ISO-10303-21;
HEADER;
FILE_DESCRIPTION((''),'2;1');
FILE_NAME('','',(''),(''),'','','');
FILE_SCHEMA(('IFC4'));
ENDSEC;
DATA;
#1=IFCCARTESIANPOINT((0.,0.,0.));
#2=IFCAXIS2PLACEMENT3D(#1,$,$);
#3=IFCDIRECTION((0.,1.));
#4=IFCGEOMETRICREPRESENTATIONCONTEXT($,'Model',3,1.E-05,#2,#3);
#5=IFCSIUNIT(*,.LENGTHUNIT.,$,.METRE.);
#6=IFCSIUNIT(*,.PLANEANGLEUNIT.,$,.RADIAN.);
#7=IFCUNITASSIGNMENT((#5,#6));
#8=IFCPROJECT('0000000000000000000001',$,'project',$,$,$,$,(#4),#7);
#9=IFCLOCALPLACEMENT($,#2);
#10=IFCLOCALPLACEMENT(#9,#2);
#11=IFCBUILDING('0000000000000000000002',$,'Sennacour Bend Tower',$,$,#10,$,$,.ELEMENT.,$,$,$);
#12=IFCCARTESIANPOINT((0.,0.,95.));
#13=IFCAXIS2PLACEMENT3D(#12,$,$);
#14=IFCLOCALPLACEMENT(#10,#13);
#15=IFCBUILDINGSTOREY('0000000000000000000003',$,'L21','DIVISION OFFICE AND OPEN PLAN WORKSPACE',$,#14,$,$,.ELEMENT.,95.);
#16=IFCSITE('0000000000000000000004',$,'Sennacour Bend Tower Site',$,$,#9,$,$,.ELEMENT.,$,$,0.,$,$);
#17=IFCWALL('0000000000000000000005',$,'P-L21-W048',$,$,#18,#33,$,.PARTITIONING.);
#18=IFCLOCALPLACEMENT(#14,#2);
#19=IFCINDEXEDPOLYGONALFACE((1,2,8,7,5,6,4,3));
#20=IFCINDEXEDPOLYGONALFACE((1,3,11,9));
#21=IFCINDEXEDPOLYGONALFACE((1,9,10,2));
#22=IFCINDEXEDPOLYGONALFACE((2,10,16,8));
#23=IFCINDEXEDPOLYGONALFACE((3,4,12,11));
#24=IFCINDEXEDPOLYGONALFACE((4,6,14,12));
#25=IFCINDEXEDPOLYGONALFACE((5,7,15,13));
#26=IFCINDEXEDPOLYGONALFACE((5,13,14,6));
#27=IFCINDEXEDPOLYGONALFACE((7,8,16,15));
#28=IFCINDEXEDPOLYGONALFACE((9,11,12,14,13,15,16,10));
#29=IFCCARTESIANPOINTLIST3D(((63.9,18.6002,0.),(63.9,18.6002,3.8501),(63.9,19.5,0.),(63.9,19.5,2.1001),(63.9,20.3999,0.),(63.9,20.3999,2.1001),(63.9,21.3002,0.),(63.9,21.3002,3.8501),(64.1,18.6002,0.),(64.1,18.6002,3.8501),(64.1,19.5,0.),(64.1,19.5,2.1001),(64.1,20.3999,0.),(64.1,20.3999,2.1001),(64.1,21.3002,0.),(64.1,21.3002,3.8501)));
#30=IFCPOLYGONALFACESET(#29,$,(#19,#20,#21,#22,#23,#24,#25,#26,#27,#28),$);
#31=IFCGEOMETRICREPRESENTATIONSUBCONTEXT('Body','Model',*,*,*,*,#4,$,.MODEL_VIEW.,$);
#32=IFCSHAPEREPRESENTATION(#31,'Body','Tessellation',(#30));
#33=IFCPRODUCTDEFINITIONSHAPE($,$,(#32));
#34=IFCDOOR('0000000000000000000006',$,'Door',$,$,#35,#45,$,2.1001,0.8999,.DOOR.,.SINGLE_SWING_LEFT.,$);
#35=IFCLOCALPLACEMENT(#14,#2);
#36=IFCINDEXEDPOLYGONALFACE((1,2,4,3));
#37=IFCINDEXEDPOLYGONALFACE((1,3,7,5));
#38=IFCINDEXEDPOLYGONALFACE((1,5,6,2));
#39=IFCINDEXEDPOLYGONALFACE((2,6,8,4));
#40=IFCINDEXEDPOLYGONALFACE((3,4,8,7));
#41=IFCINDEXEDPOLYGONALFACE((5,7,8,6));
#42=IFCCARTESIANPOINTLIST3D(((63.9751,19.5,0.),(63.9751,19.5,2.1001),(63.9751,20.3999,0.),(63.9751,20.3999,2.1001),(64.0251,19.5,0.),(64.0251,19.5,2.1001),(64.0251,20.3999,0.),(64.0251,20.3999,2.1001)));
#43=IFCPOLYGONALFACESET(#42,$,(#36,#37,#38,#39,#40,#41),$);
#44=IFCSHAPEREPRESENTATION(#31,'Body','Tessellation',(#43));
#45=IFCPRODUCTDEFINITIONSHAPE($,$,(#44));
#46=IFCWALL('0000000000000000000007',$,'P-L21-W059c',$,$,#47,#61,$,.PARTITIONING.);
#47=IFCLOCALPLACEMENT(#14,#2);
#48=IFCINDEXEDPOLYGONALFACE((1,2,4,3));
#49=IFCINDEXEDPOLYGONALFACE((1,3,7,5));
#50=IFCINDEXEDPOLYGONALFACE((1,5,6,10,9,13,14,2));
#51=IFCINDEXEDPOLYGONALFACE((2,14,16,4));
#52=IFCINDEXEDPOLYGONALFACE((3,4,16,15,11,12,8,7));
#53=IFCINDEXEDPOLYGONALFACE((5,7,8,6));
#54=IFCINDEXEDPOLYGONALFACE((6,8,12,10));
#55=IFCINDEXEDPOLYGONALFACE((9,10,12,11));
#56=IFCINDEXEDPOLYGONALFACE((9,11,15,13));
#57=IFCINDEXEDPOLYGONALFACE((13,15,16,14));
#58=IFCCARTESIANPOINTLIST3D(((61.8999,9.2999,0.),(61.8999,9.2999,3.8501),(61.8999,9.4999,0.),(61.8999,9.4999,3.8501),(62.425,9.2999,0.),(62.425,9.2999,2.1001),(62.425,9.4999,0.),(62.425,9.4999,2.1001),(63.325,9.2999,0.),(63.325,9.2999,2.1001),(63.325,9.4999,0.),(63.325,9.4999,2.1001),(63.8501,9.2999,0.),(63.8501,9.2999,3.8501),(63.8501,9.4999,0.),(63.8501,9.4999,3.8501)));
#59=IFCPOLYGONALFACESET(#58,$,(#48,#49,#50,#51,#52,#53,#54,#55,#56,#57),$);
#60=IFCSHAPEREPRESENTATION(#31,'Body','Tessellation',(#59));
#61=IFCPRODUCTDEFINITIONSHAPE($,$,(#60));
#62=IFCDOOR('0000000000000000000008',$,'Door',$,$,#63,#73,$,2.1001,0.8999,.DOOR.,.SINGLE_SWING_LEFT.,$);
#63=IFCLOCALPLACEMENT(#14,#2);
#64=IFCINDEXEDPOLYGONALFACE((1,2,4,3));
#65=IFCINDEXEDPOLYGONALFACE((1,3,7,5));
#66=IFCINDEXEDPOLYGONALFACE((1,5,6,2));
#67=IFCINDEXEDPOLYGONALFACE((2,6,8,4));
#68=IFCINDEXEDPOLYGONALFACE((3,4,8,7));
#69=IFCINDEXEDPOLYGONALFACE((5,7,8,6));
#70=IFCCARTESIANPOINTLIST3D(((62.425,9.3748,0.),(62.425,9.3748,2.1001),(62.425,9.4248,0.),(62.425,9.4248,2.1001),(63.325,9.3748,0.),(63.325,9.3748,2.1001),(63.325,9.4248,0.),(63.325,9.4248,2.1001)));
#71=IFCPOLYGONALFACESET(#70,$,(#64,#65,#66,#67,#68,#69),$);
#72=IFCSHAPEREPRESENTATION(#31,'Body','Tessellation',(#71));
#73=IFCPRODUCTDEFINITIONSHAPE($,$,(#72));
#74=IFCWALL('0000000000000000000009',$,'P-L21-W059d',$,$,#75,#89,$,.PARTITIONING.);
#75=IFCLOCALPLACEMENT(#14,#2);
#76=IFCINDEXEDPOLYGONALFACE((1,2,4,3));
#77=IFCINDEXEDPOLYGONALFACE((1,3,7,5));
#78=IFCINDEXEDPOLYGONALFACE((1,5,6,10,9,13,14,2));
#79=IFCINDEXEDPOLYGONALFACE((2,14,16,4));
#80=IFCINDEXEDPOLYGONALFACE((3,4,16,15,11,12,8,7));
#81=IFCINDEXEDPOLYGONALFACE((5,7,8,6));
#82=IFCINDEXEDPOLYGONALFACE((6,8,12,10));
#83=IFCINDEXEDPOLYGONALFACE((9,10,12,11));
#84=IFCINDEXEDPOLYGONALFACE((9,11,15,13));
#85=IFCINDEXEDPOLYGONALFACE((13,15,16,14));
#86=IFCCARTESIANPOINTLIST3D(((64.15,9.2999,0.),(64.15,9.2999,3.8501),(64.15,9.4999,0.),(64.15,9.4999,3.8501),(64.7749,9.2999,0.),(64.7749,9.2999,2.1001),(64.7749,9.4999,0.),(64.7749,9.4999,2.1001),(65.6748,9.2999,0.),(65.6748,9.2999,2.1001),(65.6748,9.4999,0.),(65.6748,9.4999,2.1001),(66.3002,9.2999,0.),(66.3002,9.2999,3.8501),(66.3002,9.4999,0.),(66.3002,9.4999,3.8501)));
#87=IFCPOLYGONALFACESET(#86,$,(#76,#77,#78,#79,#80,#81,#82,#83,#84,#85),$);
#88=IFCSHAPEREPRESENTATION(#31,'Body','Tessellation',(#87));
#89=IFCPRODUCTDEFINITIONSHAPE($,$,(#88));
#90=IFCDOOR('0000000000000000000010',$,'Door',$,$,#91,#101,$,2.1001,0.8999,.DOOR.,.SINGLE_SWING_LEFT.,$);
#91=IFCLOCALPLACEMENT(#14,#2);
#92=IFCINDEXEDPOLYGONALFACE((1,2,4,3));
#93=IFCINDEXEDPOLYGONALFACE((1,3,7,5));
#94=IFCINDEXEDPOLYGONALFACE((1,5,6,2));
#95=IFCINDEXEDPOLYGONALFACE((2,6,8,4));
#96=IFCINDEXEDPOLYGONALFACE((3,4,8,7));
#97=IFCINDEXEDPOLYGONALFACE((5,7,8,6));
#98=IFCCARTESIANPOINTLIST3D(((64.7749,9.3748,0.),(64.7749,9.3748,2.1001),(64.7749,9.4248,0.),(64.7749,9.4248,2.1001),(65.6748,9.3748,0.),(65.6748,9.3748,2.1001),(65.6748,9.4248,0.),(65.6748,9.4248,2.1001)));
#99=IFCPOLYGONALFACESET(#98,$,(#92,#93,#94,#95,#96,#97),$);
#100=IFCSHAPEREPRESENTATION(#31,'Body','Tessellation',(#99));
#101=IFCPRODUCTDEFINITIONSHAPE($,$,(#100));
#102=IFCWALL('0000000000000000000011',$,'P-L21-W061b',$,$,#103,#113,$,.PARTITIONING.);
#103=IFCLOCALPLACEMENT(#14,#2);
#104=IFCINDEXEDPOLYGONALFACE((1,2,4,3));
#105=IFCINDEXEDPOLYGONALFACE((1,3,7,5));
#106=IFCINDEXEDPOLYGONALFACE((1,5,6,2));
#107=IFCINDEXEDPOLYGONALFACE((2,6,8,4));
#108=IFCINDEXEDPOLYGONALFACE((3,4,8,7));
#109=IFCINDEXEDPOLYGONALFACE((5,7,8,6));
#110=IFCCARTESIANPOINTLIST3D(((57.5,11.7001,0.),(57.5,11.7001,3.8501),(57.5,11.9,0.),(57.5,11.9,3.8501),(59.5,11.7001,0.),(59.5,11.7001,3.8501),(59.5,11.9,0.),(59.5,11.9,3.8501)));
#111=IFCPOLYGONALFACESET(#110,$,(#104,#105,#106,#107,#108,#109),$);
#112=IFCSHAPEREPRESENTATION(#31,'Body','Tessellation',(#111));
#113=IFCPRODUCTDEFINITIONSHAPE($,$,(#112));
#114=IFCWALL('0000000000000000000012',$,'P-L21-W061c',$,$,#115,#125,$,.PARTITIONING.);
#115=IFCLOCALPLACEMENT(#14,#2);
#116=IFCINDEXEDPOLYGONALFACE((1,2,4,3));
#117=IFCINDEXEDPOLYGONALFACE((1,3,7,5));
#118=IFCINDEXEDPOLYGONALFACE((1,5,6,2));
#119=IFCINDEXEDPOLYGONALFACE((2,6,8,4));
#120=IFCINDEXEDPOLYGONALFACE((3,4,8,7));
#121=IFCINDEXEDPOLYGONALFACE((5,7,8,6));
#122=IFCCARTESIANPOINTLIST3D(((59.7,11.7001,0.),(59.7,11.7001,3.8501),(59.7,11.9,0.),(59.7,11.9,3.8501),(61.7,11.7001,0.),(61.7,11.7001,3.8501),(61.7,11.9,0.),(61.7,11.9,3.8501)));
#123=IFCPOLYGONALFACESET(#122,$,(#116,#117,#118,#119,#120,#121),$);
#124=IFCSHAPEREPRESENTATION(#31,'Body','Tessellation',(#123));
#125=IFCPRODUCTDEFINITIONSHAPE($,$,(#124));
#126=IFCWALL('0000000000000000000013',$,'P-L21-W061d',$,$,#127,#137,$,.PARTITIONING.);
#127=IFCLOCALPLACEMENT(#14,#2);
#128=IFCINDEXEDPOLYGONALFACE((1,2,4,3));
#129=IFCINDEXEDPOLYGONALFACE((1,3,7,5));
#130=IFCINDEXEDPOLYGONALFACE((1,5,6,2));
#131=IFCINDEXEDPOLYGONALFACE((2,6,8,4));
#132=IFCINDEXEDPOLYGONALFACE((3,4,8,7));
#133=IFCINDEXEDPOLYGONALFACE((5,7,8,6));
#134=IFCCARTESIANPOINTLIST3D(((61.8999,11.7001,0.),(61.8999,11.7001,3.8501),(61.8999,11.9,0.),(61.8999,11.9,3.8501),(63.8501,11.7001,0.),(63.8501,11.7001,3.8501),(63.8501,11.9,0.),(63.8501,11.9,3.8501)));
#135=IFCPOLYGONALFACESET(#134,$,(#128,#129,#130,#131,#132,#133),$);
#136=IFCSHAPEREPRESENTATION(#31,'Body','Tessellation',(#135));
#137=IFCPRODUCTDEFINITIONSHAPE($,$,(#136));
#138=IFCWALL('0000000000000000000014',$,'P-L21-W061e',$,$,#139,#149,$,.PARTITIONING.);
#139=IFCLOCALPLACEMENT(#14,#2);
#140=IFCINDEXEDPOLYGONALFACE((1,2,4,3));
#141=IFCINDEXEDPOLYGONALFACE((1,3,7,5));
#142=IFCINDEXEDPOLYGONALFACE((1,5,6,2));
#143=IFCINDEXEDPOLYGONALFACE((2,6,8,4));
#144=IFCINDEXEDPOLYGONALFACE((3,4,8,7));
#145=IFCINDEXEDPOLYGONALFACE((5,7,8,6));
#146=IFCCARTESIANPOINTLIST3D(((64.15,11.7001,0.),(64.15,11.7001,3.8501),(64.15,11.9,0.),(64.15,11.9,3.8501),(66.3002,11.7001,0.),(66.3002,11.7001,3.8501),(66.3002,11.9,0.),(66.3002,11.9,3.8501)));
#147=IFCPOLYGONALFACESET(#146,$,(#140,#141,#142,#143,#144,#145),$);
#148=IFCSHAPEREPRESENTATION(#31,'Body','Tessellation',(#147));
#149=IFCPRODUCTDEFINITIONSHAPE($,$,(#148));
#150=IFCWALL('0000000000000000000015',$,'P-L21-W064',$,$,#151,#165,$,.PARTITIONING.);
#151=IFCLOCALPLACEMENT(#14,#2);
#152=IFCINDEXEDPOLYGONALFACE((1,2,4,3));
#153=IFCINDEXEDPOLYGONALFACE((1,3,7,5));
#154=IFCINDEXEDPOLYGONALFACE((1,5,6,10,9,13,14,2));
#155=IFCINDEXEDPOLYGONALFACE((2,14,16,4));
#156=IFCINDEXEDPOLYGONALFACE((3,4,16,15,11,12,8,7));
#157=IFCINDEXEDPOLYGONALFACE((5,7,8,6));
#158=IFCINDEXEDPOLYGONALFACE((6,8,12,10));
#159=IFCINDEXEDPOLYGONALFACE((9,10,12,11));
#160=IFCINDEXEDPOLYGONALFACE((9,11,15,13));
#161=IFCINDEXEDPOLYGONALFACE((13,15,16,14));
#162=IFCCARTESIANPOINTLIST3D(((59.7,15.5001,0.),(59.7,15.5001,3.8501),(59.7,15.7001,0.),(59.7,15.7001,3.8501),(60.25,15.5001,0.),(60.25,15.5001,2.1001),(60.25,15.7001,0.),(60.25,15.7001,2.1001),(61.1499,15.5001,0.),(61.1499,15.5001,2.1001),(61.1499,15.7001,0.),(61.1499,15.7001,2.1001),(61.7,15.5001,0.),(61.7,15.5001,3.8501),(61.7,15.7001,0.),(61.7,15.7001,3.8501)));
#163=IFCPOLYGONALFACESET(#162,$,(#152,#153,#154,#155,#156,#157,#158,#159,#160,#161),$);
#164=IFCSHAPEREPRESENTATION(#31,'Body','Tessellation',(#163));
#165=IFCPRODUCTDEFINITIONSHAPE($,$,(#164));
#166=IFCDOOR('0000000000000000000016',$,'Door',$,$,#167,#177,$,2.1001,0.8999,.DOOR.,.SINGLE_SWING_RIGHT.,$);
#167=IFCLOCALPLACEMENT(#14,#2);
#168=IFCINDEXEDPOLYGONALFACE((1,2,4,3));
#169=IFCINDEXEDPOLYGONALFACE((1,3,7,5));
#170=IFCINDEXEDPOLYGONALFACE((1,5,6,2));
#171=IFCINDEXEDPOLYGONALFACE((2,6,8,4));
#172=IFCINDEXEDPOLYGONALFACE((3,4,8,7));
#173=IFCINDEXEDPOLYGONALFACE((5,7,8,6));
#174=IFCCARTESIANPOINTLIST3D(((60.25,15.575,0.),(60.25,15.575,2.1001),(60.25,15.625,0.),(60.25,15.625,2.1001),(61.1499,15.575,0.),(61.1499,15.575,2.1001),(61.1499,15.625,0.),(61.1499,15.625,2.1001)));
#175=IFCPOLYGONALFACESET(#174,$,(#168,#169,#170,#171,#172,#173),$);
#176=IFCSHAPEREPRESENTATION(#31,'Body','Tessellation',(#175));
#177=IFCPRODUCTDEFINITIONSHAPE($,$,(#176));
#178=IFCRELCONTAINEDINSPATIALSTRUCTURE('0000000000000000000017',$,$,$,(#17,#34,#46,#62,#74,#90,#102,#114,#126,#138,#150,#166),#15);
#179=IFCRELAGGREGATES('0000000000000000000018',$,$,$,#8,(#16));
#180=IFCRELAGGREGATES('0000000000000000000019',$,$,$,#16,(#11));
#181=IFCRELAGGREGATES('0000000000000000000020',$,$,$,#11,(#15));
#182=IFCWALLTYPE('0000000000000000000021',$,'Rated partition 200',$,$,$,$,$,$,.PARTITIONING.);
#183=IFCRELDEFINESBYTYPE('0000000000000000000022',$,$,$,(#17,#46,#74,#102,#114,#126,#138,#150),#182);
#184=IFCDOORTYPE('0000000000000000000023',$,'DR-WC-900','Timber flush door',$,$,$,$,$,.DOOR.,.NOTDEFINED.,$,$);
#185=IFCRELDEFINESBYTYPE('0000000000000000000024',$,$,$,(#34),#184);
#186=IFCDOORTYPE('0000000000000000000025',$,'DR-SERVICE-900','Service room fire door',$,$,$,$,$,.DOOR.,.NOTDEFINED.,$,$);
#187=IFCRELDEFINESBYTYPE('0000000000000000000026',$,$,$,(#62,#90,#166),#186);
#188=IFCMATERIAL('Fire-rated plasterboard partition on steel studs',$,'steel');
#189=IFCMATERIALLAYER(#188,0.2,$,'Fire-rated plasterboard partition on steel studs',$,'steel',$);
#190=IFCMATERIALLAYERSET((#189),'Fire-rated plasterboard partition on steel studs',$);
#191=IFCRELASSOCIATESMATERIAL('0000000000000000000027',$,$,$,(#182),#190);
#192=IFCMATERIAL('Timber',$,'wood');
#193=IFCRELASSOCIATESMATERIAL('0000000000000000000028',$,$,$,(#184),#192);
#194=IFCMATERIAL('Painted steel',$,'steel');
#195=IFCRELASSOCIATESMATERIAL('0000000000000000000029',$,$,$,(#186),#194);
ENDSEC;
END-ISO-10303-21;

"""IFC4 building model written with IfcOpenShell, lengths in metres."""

from ifc_helpers import new_model, si_unit, direction, frame, frame_2d, origin, place, context, subcontext, project, spatial, rectangle, extrude, material, layer, layer_set, type_object, element, fill, save


model = new_model("IFC4")

# Units and contexts
model_context = context("Model", 3, precision=1e-05, world=origin(), true_north=direction((0.0, 1.0)))
body_context = subcontext(model_context, "Body", "Model", "MODEL_VIEW")
ifc_project = project(units=[si_unit("LENGTHUNIT", "METRE"), si_unit("PLANEANGLEUNIT", "RADIAN")], contexts=[model_context])

# Site, building, storey
site_placement = place(None, origin())
site = spatial("IfcSite", under=ifc_project, at=site_placement, Name="Sennacour Bend Tower Site", CompositionType="ELEMENT", RefElevation=0.0)
building_placement = place(site_placement, origin())
building = spatial("IfcBuilding", under=site, at=building_placement, Name="Sennacour Bend Tower", CompositionType="ELEMENT")
storey_placement = place(building_placement, frame((0.0, 0.0, 95.0)))
storey = spatial("IfcBuildingStorey", under=building, at=storey_placement, Name="L21", Description="DIVISION OFFICE AND OPEN PLAN WORKSPACE", CompositionType="ELEMENT", Elevation=95.0)

# Walls, openings, doors
ifc_material_1 = material(Name="Fire-rated plasterboard partition on steel studs", Category="steel")
ifc_layer_1 = layer(ifc_material_1, 0.2, Name="Fire-rated plasterboard partition on steel studs", Category="steel")
ifc_layer_set_1 = layer_set([ifc_layer_1], Name="Fire-rated plasterboard partition on steel studs")
wall_type_1 = type_object("IfcWallType", Name="Rated partition 200", PredefinedType="PARTITIONING", material=ifc_layer_set_1)
wall_1_placement = place(storey_placement, frame((64.0, 18.6001, 0.0), z_axis=(0.0, 0.0, 1.0), x_axis=(0.0, 1.0, 0.0)))
wall_1 = element("IfcWall", 1, at=wall_1_placement, inside=storey, type_object=wall_type_1, Name="P-L21-W048", PredefinedType="PARTITIONING", context=body_context, shape_type="SweptSolid", body=[
    extrude(rectangle(XDim=2.7, YDim=0.2, at=frame_2d((1.3501, 0.0))), origin(), (0.0, 0.0, 1.0), 3.8501),
])
opening_1_placement = place(wall_1_placement, frame((0.8999, 0.0, 0.0)))
opening_1 = element("IfcOpeningElement", 2, at=opening_1_placement, cuts=wall_1, PredefinedType="OPENING", context=body_context, shape_type="SweptSolid", body=[
    extrude(rectangle(XDim=0.8999, YDim=2.1001, at=frame_2d((0.45, 1.05))), frame((0.0, 0.1099, 0.0), z_axis=(0.0, -1.0, 0.0), x_axis=(1.0, 0.0, 0.0)), (0.0, 0.0, 1.0), 0.22),
])
ifc_material_2 = material(Name="Timber", Category="wood")
door_type_1 = type_object("IfcDoorType", Name="DR-WC-900", Description="Timber flush door", OperationType="NOTDEFINED", PredefinedType="DOOR", material=ifc_material_2)
door_1_placement = place(opening_1_placement, origin())
door_1 = element("IfcDoor", 3, at=door_1_placement, inside=storey, type_object=door_type_1, Name="Door", OperationType="SINGLE_SWING_LEFT", OverallHeight=2.1001, OverallWidth=0.8999, PredefinedType="DOOR", context=body_context, shape_type="SweptSolid", body=[
    extrude(rectangle(XDim=0.8999, YDim=2.1001, at=frame_2d((0.45, 1.05))), frame((0.0, 0.0249, 0.0), z_axis=(0.0, -1.0, 0.0), x_axis=(1.0, 0.0, 0.0)), (0.0, 0.0, 1.0), 0.05),
])
fill(opening_1, door_1)
wall_2_placement = place(storey_placement, frame((61.8999, 9.3999, 0.0), z_axis=(0.0, 0.0, 1.0), x_axis=(1.0, 0.0, 0.0)))
wall_2 = element("IfcWall", 4, at=wall_2_placement, inside=storey, type_object=wall_type_1, Name="P-L21-W059c", PredefinedType="PARTITIONING", context=body_context, shape_type="SweptSolid", body=[
    extrude(rectangle(XDim=1.9502, YDim=0.2, at=frame_2d((0.9751, 0.0))), origin(), (0.0, 0.0, 1.0), 3.8501),
])
opening_2_placement = place(wall_2_placement, frame((0.5251, 0.0, 0.0)))
opening_2 = element("IfcOpeningElement", 5, at=opening_2_placement, cuts=wall_2, PredefinedType="OPENING", context=body_context, shape_type="SweptSolid", body=[
    extrude(rectangle(XDim=0.8999, YDim=2.1001, at=frame_2d((0.45, 1.05))), frame((0.0, 0.1099, 0.0), z_axis=(0.0, -1.0, 0.0), x_axis=(1.0, 0.0, 0.0)), (0.0, 0.0, 1.0), 0.22),
])
ifc_material_3 = material(Name="Painted steel", Category="steel")
door_type_2 = type_object("IfcDoorType", Name="DR-SERVICE-900", Description="Service room fire door", OperationType="NOTDEFINED", PredefinedType="DOOR", material=ifc_material_3)
door_2_placement = place(opening_2_placement, origin())
door_2 = element("IfcDoor", 6, at=door_2_placement, inside=storey, type_object=door_type_2, Name="Door", OperationType="SINGLE_SWING_LEFT", OverallHeight=2.1001, OverallWidth=0.8999, PredefinedType="DOOR", context=body_context, shape_type="SweptSolid", body=[
    extrude(rectangle(XDim=0.8999, YDim=2.1001, at=frame_2d((0.45, 1.05))), frame((0.0, 0.0249, 0.0), z_axis=(0.0, -1.0, 0.0), x_axis=(1.0, 0.0, 0.0)), (0.0, 0.0, 1.0), 0.05),
])
fill(opening_2, door_2)
wall_3_placement = place(storey_placement, frame((64.1499, 9.3999, 0.0), z_axis=(0.0, 0.0, 1.0), x_axis=(1.0, 0.0, 0.0)))
wall_3 = element("IfcWall", 7, at=wall_3_placement, inside=storey, type_object=wall_type_1, Name="P-L21-W059d", PredefinedType="PARTITIONING", context=body_context, shape_type="SweptSolid", body=[
    extrude(rectangle(XDim=2.1501, YDim=0.2, at=frame_2d((1.0752, 0.0))), origin(), (0.0, 0.0, 1.0), 3.8501),
])
opening_3_placement = place(wall_3_placement, frame((0.625, 0.0, 0.0)))
opening_3 = element("IfcOpeningElement", 8, at=opening_3_placement, cuts=wall_3, PredefinedType="OPENING", context=body_context, shape_type="SweptSolid", body=[
    extrude(rectangle(XDim=0.8999, YDim=2.1001, at=frame_2d((0.45, 1.05))), frame((0.0, 0.1099, 0.0), z_axis=(0.0, -1.0, 0.0), x_axis=(1.0, 0.0, 0.0)), (0.0, 0.0, 1.0), 0.22),
])
door_3_placement = place(opening_3_placement, origin())
door_3 = element("IfcDoor", 9, at=door_3_placement, inside=storey, type_object=door_type_2, Name="Door", OperationType="SINGLE_SWING_LEFT", OverallHeight=2.1001, OverallWidth=0.8999, PredefinedType="DOOR", context=body_context, shape_type="SweptSolid", body=[
    extrude(rectangle(XDim=0.8999, YDim=2.1001, at=frame_2d((0.45, 1.05))), frame((0.0, 0.0249, 0.0), z_axis=(0.0, -1.0, 0.0), x_axis=(1.0, 0.0, 0.0)), (0.0, 0.0, 1.0), 0.05),
])
fill(opening_3, door_3)

# Walls
for number, where, z_axis, x_axis, name in (
    (10, (57.5, 11.8, 0.0), (0.0, 0.0, 1.0), (1.0, 0.0, 0.0), "P-L21-W061b"),
    (11, (59.7, 11.8, 0.0), (0.0, 0.0, 1.0), (1.0, 0.0, 0.0), "P-L21-W061c"),
):
    element("IfcWall", number, at=place(storey_placement, frame(where, z_axis=z_axis, x_axis=x_axis)), inside=storey, type_object=wall_type_1, Name=name, PredefinedType="PARTITIONING", context=body_context, shape_type="SweptSolid", body=[
        extrude(rectangle(XDim=2.0, YDim=0.2, at=frame_2d((1.0, 0.0))), origin(), (0.0, 0.0, 1.0), 3.8501),
    ])
wall_4_placement = place(storey_placement, frame((61.8999, 11.8, 0.0), z_axis=(0.0, 0.0, 1.0), x_axis=(1.0, 0.0, 0.0)))
element("IfcWall", 12, at=wall_4_placement, inside=storey, type_object=wall_type_1, Name="P-L21-W061d", PredefinedType="PARTITIONING", context=body_context, shape_type="SweptSolid", body=[
    extrude(rectangle(XDim=1.9502, YDim=0.2, at=frame_2d((0.9751, 0.0))), origin(), (0.0, 0.0, 1.0), 3.8501),
])
wall_5_placement = place(storey_placement, frame((64.1499, 11.8, 0.0), z_axis=(0.0, 0.0, 1.0), x_axis=(1.0, 0.0, 0.0)))
element("IfcWall", 13, at=wall_5_placement, inside=storey, type_object=wall_type_1, Name="P-L21-W061e", PredefinedType="PARTITIONING", context=body_context, shape_type="SweptSolid", body=[
    extrude(rectangle(XDim=2.1501, YDim=0.2, at=frame_2d((1.0752, 0.0))), origin(), (0.0, 0.0, 1.0), 3.8501),
])

# Wall, opening, door
wall_6_placement = place(storey_placement, frame((59.7, 15.6001, 0.0), z_axis=(0.0, 0.0, 1.0), x_axis=(1.0, 0.0, 0.0)))
wall_6 = element("IfcWall", 14, at=wall_6_placement, inside=storey, type_object=wall_type_1, Name="P-L21-W064", PredefinedType="PARTITIONING", context=body_context, shape_type="SweptSolid", body=[
    extrude(rectangle(XDim=2.0, YDim=0.2, at=frame_2d((1.0, 0.0))), origin(), (0.0, 0.0, 1.0), 3.8501),
])
opening_4_placement = place(wall_6_placement, frame((0.55, 0.0, 0.0)))
opening_4 = element("IfcOpeningElement", 15, at=opening_4_placement, cuts=wall_6, PredefinedType="OPENING", context=body_context, shape_type="SweptSolid", body=[
    extrude(rectangle(XDim=0.8999, YDim=2.1001, at=frame_2d((0.45, 1.05))), frame((0.0, 0.1099, 0.0), z_axis=(0.0, -1.0, 0.0), x_axis=(1.0, 0.0, 0.0)), (0.0, 0.0, 1.0), 0.22),
])
door_4_placement = place(opening_4_placement, origin())
door_4 = element("IfcDoor", 16, at=door_4_placement, inside=storey, type_object=door_type_2, Name="Door", OperationType="SINGLE_SWING_RIGHT", OverallHeight=2.1001, OverallWidth=0.8999, PredefinedType="DOOR", context=body_context, shape_type="SweptSolid", body=[
    extrude(rectangle(XDim=0.8999, YDim=2.1001, at=frame_2d((0.45, 1.05))), frame((0.0, 0.0249, 0.0), z_axis=(0.0, -1.0, 0.0), x_axis=(1.0, 0.0, 0.0)), (0.0, 0.0, 1.0), 0.05),
])
fill(opening_4, door_4)

save(model, "model.ifc")
